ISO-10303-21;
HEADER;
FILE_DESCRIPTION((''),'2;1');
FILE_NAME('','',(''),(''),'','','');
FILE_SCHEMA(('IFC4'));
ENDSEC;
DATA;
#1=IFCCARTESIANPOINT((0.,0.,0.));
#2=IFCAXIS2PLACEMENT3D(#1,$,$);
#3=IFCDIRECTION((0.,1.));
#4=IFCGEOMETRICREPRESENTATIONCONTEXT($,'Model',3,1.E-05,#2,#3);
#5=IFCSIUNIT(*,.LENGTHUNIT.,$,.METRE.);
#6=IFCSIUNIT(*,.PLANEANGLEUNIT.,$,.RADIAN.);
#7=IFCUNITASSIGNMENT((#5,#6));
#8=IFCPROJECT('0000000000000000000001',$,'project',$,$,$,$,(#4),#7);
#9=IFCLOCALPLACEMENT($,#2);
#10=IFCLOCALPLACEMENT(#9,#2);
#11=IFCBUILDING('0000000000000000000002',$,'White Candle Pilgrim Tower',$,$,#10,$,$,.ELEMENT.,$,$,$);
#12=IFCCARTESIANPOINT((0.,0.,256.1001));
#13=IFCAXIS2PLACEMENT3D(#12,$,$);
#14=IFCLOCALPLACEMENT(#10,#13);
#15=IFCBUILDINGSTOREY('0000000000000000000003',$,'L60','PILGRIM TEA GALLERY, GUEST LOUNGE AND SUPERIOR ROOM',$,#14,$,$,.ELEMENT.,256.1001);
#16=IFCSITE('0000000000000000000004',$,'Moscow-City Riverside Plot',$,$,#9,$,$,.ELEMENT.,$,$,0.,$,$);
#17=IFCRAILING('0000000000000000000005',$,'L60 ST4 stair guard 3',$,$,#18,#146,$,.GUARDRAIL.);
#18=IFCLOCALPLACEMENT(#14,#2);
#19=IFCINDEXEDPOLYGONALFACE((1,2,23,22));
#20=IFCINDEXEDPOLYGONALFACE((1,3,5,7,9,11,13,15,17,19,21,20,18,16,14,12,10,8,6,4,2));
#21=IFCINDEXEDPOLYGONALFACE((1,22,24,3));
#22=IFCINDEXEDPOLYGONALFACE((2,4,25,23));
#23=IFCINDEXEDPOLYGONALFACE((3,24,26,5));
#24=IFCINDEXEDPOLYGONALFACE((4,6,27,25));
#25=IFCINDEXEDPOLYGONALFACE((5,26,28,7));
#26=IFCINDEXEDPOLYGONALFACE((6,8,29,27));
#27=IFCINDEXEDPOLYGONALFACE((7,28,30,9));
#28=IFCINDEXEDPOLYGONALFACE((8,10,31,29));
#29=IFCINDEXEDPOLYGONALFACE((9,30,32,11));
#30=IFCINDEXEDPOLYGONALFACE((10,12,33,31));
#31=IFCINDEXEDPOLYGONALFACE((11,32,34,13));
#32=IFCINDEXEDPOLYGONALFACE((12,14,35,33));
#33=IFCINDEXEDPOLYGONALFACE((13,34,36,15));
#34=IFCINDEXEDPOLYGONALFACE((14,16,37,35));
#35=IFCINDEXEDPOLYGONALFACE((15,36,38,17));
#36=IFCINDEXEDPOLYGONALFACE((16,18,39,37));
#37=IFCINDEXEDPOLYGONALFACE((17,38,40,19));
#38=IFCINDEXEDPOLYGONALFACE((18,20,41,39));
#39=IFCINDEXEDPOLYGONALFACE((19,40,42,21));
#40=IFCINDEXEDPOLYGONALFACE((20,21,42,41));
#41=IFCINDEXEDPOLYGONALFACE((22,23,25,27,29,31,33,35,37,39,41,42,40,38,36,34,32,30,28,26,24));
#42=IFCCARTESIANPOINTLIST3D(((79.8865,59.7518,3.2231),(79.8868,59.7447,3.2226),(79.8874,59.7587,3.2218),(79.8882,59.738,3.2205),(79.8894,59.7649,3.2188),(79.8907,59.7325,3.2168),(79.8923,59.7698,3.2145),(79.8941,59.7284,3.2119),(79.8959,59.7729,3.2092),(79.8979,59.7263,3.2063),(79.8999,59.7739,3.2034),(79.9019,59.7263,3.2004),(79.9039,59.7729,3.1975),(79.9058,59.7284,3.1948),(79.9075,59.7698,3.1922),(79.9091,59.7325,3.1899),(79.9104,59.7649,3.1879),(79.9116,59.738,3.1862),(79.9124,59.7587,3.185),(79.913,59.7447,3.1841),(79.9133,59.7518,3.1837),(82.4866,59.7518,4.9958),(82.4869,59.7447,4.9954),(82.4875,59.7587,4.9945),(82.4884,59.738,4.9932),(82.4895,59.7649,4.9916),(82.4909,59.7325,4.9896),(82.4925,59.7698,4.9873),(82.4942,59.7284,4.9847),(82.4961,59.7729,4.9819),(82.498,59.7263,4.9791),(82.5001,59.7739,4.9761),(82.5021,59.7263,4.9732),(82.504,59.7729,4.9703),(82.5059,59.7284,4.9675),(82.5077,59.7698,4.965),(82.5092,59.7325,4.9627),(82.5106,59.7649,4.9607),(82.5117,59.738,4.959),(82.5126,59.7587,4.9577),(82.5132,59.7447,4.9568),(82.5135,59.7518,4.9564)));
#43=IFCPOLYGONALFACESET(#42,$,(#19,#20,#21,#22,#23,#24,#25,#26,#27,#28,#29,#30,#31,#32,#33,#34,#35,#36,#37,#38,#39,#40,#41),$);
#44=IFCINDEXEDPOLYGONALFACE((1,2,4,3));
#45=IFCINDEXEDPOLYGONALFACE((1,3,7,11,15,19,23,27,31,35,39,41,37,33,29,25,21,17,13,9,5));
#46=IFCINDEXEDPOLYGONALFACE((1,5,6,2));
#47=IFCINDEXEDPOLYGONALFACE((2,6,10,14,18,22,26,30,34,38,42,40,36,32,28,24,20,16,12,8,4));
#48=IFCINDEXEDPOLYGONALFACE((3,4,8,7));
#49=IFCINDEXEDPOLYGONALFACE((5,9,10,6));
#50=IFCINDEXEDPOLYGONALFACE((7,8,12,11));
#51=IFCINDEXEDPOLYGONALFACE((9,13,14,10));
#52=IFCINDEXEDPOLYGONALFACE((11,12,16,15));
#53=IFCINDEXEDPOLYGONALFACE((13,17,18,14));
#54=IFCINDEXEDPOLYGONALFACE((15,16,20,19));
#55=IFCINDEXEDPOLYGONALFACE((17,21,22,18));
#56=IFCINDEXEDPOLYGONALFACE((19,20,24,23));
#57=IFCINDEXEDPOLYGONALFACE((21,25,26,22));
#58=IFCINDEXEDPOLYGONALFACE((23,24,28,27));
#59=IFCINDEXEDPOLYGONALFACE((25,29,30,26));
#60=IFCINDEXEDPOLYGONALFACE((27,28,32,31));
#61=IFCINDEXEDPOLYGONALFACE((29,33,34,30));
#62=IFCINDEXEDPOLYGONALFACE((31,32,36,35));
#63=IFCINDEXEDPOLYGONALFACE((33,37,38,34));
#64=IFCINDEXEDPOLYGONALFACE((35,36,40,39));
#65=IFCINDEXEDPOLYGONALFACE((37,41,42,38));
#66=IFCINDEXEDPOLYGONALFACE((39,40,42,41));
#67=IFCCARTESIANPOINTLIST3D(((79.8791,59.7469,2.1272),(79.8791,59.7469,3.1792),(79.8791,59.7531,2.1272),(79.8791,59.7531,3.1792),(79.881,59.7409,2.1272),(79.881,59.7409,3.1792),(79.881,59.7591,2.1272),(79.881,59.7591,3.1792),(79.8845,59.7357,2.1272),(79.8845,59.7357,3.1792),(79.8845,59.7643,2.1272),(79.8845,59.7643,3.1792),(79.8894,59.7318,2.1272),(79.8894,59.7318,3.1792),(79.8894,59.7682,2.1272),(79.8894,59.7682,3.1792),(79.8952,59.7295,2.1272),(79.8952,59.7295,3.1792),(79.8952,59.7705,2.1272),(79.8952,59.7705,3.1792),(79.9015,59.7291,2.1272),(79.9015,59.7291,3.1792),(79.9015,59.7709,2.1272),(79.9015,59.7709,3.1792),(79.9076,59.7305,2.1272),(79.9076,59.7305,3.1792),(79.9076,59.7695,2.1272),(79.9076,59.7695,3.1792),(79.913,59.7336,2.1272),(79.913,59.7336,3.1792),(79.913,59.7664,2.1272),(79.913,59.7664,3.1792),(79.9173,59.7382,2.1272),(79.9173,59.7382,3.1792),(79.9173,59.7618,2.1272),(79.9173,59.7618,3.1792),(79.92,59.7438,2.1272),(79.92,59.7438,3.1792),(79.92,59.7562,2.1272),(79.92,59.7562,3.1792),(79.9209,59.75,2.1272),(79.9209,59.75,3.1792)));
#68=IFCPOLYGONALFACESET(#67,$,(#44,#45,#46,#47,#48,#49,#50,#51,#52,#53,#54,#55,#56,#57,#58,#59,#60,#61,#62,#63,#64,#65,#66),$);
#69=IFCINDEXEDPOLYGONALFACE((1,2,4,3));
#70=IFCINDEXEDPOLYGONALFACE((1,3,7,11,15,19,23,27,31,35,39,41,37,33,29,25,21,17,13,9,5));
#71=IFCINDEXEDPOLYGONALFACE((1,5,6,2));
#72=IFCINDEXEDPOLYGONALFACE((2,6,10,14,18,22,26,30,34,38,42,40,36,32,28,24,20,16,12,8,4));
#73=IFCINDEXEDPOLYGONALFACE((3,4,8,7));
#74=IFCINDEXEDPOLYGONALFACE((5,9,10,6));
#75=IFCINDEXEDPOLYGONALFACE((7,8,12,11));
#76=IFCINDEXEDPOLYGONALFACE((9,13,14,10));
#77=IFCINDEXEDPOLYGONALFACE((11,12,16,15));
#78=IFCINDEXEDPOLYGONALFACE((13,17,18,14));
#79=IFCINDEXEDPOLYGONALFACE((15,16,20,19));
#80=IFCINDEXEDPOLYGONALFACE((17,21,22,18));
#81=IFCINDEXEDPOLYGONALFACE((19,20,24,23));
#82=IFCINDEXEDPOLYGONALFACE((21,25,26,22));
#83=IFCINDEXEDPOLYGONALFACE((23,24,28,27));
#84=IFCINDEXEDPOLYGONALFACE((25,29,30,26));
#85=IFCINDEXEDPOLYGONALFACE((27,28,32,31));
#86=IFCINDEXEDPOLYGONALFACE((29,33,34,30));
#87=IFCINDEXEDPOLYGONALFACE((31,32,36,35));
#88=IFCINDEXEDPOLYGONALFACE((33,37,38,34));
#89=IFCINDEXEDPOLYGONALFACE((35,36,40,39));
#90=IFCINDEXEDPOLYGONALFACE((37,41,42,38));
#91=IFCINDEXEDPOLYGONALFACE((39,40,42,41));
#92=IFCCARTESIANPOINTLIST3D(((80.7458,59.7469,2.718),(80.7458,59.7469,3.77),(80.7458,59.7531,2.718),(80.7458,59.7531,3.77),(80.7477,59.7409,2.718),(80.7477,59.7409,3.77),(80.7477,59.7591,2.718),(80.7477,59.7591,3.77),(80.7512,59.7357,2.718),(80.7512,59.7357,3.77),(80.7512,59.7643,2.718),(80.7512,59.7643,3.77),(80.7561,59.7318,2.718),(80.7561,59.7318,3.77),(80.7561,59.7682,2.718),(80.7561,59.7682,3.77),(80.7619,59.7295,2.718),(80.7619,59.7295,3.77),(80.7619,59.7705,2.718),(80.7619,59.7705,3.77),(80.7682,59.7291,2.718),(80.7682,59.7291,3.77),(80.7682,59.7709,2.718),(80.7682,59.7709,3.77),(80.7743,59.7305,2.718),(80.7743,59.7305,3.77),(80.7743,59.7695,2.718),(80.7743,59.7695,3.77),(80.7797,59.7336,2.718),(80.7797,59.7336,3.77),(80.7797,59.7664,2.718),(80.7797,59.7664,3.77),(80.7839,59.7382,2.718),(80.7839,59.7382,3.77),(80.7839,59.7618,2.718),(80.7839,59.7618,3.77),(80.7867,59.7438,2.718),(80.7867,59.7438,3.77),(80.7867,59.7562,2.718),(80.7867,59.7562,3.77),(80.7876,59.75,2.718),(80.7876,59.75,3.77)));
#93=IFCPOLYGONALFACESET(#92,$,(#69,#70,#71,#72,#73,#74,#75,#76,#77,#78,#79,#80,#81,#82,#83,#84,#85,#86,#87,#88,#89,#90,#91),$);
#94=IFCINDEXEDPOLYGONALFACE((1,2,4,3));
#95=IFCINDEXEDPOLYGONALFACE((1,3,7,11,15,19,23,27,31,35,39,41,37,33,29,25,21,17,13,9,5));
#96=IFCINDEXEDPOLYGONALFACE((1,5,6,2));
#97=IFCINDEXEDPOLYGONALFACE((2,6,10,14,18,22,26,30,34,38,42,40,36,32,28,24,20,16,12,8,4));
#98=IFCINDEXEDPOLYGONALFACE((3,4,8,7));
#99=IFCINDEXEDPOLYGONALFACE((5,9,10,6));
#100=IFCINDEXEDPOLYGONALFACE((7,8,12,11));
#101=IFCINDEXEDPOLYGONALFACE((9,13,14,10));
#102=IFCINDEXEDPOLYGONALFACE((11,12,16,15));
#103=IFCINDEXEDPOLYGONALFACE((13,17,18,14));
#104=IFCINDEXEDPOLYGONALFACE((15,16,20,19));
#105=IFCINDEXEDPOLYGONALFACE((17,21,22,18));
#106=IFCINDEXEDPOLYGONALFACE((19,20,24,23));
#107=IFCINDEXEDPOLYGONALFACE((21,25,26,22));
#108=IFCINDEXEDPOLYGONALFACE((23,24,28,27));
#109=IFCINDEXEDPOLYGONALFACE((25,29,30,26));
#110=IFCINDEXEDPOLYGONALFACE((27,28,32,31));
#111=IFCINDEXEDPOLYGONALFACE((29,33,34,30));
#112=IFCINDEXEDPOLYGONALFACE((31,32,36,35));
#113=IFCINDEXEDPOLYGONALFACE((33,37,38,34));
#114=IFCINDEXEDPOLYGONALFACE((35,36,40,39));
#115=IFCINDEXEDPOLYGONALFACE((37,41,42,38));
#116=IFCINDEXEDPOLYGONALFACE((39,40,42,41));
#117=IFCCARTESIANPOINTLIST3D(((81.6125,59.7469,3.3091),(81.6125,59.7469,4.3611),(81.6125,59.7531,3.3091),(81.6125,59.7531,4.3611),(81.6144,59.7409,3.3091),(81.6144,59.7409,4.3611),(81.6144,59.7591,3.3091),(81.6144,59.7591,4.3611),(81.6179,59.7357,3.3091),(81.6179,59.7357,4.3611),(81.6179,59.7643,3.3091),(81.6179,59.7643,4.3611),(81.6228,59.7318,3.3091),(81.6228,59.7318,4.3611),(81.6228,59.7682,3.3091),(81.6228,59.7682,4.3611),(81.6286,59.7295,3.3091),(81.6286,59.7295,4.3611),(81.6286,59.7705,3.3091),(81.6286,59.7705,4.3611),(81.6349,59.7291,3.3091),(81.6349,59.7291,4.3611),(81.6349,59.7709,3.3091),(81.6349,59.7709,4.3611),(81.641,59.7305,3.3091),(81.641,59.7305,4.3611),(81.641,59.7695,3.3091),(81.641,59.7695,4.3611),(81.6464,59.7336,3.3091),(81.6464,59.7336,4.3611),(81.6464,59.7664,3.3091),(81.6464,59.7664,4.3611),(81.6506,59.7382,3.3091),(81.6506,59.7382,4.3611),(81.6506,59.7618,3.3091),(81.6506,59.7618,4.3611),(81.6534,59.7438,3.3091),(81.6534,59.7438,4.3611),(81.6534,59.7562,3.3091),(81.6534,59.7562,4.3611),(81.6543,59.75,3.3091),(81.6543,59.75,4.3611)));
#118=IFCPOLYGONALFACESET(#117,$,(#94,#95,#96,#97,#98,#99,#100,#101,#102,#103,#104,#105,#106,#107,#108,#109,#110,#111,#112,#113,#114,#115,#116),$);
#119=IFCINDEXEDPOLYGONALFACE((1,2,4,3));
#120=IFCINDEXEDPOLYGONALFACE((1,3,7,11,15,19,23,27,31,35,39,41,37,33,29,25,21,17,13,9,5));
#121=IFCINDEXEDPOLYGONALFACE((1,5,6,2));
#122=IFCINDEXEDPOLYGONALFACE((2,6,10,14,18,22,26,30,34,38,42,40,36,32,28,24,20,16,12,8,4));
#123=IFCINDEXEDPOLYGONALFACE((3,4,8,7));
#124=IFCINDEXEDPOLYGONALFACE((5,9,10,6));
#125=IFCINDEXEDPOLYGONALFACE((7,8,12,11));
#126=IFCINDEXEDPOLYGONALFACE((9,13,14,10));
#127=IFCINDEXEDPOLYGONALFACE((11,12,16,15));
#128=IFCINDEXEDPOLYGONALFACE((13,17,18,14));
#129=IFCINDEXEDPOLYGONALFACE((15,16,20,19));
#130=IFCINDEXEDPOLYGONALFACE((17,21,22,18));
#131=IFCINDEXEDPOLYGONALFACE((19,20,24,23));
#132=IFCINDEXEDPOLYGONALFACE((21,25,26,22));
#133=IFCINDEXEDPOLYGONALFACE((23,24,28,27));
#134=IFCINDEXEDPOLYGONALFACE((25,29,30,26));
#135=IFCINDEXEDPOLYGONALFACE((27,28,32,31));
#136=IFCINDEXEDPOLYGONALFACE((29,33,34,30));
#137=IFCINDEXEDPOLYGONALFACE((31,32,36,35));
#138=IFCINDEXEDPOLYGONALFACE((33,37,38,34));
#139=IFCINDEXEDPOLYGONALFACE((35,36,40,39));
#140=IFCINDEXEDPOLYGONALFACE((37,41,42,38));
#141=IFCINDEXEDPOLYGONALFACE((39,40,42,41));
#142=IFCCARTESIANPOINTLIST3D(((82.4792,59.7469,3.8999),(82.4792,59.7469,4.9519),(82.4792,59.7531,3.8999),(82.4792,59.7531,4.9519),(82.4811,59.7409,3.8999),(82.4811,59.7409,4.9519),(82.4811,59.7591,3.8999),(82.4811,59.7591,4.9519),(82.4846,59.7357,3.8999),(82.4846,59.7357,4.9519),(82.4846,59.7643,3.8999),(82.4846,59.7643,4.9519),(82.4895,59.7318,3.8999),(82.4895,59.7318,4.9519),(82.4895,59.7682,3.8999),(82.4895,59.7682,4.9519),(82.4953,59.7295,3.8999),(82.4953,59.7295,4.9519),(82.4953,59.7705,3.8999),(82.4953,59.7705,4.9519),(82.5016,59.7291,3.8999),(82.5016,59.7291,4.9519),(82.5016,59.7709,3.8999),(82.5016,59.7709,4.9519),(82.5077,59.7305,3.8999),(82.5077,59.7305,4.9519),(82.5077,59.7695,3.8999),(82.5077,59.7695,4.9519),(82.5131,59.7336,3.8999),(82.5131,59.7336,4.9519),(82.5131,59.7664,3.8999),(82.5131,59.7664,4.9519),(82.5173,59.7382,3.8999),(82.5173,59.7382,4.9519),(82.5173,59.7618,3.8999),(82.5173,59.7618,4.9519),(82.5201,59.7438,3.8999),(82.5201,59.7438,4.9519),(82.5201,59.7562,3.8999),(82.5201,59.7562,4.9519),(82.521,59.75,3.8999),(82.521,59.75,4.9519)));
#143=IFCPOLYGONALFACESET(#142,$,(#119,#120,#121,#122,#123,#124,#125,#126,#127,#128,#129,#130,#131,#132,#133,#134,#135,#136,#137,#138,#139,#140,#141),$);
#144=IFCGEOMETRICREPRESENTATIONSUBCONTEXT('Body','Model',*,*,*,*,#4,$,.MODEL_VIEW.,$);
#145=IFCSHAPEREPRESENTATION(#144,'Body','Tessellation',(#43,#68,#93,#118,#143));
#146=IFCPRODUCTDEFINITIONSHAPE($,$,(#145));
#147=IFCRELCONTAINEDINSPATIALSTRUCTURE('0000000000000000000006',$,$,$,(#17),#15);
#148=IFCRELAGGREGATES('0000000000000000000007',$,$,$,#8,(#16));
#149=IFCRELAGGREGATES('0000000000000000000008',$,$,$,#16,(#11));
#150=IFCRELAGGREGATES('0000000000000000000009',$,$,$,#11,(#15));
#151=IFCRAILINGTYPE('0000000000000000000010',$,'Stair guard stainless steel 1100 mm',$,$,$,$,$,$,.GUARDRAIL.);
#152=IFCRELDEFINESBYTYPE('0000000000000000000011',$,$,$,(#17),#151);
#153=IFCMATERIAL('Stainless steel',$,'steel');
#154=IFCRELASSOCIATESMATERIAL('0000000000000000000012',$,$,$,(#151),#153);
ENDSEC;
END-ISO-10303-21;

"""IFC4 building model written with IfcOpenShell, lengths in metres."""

from ifc_helpers import new_model, si_unit, direction, frame, origin, origin_2d, place, context, subcontext, project, spatial, circle, extrude, material, type_object, element, save


model = new_model("IFC4")

# Units and contexts
model_context = context("Model", 3, precision=1e-05, world=origin(), true_north=direction((0.0, 1.0)))
body_context = subcontext(model_context, "Body", "Model", "MODEL_VIEW")
ifc_project = project(units=[si_unit("LENGTHUNIT", "METRE"), si_unit("PLANEANGLEUNIT", "RADIAN")], contexts=[model_context])

# Site, building, storey
site_placement = place(None, origin())
site = spatial("IfcSite", under=ifc_project, at=site_placement, Name="Moscow-City Riverside Plot", CompositionType="ELEMENT", RefElevation=0.0)
building_placement = place(site_placement, origin())
building = spatial("IfcBuilding", under=site, at=building_placement, Name="White Candle Pilgrim Tower", CompositionType="ELEMENT")
storey_placement = place(building_placement, frame((0.0, 0.0, 256.1001)))
storey = spatial("IfcBuildingStorey", under=building, at=storey_placement, Name="L60", Description="PILGRIM TEA GALLERY, GUEST LOUNGE AND SUPERIOR ROOM", CompositionType="ELEMENT", Elevation=256.1001)

# Railing
ifc_material_1 = material(Name="Stainless steel", Category="steel")
railing_type_1 = type_object("IfcRailingType", Name="Stair guard stainless steel 1100 mm", PredefinedType="GUARDRAIL", material=ifc_material_1)
railing_1_placement = place(storey_placement, frame((79.8999, 59.75, 2.1272)))
element("IfcRailing", 1, at=railing_1_placement, inside=storey, type_object=railing_type_1, Name="L60 ST4 stair guard 3", PredefinedType="GUARDRAIL", context=body_context, shape_type="SweptSolid", body=[
    extrude(circle(Radius=0.0239, at=origin_2d()), frame((0.0, 0.0, 1.0762), z_axis=(0.82624, 0.0, 0.563318), x_axis=(0.0, 1.0, 0.0)), (0.0, 0.0, 1.0), 3.147),
    extrude(circle(Radius=0.021, at=origin_2d()), origin(), (0.0, 0.0, 1.0), 1.052),
    extrude(circle(Radius=0.021, at=origin_2d()), frame((0.8667, 0.0, 0.5908)), (0.0, 0.0, 1.0), 1.052),
    extrude(circle(Radius=0.021, at=origin_2d()), frame((1.7334, 0.0, 1.1819)), (0.0, 0.0, 1.0), 1.052),
    extrude(circle(Radius=0.021, at=origin_2d()), frame((2.6001, 0.0, 1.7727)), (0.0, 0.0, 1.0), 1.052),
])

save(model, "model.ifc")
